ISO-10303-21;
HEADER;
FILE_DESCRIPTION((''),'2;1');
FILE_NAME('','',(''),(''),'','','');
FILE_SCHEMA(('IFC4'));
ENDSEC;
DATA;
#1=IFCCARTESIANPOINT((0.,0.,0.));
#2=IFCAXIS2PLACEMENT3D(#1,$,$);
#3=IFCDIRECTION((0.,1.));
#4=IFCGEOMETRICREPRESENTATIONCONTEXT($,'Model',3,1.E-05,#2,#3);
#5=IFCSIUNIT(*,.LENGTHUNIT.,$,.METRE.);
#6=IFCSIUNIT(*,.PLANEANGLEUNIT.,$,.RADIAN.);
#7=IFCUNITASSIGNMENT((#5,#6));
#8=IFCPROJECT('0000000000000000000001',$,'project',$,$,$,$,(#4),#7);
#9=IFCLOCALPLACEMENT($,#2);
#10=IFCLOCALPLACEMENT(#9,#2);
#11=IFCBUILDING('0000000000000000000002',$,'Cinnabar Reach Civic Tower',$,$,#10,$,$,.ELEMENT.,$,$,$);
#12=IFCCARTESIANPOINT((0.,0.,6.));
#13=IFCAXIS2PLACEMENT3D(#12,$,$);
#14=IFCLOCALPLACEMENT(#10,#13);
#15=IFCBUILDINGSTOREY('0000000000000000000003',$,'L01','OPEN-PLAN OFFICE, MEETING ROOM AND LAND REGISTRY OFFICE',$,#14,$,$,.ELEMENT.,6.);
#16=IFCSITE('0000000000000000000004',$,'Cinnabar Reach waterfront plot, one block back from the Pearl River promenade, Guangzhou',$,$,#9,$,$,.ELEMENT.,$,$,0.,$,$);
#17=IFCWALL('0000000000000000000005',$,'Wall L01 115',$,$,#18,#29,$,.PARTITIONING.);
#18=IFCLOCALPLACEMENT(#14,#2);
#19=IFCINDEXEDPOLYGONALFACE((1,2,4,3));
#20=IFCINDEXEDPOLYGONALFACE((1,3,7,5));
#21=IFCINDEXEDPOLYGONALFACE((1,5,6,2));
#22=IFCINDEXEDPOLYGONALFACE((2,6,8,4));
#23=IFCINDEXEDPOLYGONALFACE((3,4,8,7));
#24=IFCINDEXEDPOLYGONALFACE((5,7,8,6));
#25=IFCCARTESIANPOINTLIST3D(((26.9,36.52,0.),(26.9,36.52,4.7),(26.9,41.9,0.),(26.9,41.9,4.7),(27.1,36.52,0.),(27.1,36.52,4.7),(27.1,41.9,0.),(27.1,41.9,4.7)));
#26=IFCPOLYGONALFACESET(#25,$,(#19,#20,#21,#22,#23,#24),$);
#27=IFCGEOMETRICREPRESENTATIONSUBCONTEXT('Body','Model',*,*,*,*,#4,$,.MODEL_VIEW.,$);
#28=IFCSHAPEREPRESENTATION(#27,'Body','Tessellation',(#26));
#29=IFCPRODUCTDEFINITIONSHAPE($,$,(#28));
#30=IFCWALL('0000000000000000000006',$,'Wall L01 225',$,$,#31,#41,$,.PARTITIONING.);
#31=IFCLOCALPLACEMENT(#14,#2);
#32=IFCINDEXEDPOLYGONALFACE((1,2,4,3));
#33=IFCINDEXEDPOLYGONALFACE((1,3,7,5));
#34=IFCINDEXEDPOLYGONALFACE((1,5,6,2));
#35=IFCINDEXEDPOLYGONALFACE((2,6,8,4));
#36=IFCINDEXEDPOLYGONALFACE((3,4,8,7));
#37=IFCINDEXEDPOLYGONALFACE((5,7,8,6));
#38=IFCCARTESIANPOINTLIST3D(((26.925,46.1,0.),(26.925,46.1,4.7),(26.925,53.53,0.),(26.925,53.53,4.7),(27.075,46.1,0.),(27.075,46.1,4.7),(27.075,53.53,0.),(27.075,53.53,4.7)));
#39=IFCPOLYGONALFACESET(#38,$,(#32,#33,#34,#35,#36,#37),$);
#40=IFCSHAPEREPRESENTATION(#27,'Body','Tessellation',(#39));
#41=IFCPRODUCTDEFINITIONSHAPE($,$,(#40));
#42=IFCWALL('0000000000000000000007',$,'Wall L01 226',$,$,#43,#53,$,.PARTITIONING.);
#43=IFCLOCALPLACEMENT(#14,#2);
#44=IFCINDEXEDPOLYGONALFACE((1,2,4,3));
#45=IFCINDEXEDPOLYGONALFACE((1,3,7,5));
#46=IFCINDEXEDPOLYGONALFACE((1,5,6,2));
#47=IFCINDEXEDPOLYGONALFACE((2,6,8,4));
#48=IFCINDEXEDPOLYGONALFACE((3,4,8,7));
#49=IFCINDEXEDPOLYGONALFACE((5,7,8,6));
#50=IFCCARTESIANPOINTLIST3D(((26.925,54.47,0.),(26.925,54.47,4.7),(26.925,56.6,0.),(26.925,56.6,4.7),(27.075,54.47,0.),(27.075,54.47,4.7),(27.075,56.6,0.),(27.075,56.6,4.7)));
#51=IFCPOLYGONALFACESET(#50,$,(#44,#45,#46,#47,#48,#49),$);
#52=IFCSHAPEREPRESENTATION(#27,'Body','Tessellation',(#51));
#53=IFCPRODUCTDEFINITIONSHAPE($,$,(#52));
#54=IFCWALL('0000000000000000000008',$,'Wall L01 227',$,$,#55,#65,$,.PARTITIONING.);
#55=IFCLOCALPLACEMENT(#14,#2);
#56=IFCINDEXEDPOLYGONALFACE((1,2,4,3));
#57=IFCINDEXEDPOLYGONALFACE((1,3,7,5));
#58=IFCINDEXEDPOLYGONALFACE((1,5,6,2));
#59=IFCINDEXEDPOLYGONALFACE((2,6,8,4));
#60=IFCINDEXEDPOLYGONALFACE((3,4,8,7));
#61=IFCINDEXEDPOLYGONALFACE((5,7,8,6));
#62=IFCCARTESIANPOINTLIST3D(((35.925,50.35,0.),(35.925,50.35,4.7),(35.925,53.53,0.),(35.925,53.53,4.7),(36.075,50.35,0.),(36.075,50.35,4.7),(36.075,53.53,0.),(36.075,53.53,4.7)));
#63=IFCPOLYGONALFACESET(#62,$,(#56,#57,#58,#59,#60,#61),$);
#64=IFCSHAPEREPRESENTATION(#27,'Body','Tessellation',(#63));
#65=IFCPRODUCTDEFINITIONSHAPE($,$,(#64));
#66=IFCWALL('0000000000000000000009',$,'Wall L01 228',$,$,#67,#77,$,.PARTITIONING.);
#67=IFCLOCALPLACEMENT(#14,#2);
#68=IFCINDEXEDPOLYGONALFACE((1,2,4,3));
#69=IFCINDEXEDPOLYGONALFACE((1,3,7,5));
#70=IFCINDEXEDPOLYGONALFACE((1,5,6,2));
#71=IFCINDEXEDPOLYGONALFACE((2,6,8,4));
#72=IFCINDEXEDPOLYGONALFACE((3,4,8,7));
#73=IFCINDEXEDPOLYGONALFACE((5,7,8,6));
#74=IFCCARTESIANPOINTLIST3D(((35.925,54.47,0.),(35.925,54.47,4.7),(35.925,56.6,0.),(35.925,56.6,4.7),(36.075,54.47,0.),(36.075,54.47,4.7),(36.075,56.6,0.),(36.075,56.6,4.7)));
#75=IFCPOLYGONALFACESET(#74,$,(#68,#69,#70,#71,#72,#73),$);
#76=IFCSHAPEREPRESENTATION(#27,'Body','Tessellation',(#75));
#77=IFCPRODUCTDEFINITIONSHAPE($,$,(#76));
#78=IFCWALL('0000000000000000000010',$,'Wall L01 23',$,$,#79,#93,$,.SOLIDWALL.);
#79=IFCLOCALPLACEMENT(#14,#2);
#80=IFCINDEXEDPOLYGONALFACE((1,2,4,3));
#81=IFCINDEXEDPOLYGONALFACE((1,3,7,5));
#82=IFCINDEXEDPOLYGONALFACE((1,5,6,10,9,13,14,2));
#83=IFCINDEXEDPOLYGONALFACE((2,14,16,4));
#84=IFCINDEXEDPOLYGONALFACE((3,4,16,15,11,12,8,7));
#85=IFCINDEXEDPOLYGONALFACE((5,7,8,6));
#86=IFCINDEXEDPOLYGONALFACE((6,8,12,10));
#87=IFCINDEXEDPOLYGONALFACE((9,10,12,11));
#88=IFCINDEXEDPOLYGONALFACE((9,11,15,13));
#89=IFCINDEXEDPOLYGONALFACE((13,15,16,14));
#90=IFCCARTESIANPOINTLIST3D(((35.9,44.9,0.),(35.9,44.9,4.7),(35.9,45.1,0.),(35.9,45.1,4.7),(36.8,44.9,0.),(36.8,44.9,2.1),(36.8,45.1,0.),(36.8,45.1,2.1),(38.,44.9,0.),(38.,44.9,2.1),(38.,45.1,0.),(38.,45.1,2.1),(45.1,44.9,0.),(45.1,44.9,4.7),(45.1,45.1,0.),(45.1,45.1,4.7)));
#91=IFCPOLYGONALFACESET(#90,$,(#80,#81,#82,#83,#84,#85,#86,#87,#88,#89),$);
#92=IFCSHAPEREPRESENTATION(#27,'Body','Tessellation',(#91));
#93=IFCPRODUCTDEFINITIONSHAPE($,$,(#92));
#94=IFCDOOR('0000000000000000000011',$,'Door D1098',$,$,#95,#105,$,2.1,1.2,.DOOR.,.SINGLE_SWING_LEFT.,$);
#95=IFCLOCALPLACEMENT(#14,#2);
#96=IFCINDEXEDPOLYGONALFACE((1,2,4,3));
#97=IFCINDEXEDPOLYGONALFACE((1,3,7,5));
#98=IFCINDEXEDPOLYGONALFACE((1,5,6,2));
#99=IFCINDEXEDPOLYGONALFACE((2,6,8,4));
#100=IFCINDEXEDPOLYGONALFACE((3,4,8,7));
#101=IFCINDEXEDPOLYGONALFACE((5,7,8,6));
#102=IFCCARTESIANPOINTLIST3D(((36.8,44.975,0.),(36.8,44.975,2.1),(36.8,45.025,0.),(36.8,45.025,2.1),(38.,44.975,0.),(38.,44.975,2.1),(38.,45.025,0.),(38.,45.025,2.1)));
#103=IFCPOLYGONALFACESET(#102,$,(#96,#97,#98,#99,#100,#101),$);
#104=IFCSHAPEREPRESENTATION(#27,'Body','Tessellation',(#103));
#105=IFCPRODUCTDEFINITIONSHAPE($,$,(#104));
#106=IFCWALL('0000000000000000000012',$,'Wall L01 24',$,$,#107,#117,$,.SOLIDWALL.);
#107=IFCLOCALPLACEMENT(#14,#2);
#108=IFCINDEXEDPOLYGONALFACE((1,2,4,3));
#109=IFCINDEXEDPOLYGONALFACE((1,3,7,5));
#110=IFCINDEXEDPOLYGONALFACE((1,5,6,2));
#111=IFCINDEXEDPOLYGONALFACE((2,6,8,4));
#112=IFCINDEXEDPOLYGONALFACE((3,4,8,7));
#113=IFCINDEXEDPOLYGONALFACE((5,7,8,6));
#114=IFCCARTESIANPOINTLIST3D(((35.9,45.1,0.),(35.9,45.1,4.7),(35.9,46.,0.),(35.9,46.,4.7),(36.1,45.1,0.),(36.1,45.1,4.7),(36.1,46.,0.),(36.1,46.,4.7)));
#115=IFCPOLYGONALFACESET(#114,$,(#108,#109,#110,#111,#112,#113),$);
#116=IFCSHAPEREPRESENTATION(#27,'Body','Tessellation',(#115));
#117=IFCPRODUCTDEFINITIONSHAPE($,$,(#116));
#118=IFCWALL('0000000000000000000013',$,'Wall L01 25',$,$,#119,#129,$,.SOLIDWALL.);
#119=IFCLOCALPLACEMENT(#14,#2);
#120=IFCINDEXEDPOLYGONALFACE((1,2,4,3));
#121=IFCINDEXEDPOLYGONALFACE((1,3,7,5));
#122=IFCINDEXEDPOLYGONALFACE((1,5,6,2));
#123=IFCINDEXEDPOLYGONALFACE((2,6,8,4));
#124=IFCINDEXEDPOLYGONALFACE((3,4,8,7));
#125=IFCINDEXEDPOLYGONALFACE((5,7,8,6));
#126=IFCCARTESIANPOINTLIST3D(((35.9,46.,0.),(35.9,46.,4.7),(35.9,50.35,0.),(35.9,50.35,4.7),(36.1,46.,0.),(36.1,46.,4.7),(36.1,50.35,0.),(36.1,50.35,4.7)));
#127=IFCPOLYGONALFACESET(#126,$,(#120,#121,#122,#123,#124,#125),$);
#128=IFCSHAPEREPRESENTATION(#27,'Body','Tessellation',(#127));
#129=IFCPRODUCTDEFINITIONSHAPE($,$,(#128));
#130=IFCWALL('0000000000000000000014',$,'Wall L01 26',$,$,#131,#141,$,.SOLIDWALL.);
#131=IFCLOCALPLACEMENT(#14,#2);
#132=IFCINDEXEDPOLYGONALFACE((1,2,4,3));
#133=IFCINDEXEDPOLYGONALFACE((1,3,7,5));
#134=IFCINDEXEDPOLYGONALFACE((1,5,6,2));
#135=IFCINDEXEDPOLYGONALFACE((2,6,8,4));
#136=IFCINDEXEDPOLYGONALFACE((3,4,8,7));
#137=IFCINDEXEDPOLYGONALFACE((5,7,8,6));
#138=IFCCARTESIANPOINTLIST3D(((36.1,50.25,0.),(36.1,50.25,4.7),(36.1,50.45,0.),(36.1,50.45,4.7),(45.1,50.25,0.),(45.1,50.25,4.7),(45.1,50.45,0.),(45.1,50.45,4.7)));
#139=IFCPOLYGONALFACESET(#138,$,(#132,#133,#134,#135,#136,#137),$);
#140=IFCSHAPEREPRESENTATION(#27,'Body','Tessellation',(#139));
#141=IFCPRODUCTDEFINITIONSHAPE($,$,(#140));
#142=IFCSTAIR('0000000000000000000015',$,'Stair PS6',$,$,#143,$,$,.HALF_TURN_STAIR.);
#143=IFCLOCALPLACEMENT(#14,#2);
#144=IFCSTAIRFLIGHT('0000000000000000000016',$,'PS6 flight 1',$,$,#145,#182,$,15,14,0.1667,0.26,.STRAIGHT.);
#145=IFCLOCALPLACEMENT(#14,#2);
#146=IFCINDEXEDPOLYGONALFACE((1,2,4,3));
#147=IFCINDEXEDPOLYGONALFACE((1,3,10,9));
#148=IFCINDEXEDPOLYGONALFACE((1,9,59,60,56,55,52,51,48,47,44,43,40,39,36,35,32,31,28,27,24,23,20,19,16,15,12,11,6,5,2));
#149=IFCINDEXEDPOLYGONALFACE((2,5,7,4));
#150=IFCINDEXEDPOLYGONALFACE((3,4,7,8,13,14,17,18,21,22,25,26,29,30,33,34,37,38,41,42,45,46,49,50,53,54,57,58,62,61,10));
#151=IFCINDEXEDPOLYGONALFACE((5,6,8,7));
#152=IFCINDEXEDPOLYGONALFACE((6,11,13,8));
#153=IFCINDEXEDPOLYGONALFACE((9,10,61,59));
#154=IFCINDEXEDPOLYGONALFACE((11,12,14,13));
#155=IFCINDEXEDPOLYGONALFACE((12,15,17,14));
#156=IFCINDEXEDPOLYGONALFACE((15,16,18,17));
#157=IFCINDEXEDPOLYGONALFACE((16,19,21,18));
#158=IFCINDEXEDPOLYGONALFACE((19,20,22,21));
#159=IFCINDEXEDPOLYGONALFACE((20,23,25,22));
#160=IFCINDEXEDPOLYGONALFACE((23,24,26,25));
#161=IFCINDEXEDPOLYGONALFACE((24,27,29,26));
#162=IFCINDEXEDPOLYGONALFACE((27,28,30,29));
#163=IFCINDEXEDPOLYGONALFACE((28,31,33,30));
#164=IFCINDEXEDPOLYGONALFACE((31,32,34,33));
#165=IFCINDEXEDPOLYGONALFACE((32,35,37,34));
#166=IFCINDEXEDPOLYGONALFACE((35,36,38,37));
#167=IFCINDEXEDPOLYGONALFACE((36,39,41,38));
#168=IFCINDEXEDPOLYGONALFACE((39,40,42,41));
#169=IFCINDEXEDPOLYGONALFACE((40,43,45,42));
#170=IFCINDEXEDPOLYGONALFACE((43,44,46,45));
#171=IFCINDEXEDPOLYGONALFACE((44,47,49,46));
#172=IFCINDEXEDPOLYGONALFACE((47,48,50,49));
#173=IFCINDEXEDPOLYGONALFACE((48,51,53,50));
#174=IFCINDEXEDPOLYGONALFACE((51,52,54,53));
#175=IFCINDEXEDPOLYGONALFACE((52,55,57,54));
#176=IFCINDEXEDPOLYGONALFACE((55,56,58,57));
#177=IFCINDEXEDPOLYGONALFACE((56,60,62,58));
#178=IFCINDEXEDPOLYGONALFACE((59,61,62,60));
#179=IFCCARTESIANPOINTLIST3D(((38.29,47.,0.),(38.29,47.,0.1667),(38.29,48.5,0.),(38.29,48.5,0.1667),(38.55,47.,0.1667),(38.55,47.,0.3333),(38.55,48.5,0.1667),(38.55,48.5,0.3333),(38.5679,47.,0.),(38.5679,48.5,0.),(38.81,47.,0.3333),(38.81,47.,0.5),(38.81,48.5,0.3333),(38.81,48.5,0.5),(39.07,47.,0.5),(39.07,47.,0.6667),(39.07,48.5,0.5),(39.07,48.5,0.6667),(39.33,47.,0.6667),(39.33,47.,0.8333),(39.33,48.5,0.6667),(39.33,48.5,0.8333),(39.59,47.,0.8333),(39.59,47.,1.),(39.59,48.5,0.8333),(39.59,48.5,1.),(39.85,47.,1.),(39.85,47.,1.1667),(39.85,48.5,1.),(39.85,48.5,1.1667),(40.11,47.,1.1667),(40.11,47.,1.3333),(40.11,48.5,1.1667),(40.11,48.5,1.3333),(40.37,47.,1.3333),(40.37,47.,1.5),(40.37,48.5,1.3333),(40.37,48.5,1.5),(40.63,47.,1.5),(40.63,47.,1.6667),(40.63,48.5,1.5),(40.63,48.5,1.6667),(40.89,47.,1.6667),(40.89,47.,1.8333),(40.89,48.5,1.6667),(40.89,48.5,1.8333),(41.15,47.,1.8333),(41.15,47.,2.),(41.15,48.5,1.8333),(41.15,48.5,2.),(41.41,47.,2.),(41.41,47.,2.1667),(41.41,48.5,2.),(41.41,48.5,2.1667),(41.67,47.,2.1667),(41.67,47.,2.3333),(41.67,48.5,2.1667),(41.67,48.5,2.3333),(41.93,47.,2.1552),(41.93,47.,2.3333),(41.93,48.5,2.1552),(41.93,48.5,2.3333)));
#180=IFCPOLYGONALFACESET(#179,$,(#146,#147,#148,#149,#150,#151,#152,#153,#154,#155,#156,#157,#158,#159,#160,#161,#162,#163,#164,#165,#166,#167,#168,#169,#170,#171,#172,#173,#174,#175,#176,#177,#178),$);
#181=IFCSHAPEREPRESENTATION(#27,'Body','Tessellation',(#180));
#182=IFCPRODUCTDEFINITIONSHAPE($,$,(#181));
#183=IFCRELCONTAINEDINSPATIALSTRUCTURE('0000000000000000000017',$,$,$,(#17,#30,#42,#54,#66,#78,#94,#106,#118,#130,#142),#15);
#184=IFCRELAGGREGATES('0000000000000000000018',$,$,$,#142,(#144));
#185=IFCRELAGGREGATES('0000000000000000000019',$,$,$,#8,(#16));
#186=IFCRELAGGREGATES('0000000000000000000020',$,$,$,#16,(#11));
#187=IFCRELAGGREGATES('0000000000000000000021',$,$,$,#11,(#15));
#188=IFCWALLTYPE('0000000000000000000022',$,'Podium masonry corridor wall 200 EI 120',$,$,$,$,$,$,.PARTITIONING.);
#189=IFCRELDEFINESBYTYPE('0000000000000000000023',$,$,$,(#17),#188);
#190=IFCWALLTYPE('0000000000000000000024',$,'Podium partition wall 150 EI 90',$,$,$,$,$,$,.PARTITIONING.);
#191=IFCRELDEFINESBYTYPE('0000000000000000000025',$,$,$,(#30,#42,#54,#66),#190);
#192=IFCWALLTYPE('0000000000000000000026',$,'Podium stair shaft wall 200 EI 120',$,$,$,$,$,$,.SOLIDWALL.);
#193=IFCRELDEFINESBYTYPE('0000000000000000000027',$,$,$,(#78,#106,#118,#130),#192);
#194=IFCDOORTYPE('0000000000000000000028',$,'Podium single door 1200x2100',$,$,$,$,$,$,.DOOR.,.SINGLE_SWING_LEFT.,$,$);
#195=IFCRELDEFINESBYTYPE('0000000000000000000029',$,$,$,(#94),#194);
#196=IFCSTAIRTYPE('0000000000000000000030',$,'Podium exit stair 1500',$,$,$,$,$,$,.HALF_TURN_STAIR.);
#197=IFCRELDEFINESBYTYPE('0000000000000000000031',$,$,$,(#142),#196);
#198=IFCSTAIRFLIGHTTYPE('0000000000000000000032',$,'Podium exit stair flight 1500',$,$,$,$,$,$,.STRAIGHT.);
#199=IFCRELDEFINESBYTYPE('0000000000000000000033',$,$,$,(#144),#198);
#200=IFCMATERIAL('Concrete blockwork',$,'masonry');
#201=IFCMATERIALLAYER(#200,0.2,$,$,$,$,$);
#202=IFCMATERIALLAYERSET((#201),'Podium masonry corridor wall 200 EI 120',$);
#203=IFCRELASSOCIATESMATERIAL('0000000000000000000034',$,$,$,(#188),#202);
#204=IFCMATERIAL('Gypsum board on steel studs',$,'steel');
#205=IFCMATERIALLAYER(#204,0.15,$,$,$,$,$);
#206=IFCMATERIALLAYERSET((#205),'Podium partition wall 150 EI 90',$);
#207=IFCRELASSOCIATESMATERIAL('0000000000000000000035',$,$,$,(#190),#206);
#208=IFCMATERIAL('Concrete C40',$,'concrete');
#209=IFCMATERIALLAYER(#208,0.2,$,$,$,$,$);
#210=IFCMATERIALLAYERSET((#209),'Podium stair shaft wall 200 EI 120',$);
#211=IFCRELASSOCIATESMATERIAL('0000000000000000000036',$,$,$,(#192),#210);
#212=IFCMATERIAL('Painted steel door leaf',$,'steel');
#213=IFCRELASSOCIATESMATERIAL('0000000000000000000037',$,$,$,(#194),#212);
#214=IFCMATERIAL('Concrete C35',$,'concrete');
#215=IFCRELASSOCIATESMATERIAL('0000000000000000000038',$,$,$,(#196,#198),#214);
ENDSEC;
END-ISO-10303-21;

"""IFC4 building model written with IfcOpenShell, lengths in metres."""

from ifc_helpers import new_model, si_unit, direction, frame, frame_2d, origin, place, context, subcontext, project, spatial, polyline, rectangle, outline, extrude, material, layer, layer_set, type_object, element, fill, aggregate, save


model = new_model("IFC4")

# Units and contexts
model_context = context("Model", 3, precision=1e-05, world=origin(), true_north=direction((0.0, 1.0)))
body_context = subcontext(model_context, "Body", "Model", "MODEL_VIEW")
ifc_project = project(units=[si_unit("LENGTHUNIT", "METRE"), si_unit("PLANEANGLEUNIT", "RADIAN")], contexts=[model_context])

# Site, building, storey
site_placement = place(None, origin())
site = spatial("IfcSite", under=ifc_project, at=site_placement, Name="Cinnabar Reach waterfront plot, one block back from the Pearl River promenade, Guangzhou", CompositionType="ELEMENT", RefElevation=0.0)
building_placement = place(site_placement, origin())
building = spatial("IfcBuilding", under=site, at=building_placement, Name="Cinnabar Reach Civic Tower", CompositionType="ELEMENT")
storey_placement = place(building_placement, frame((0.0, 0.0, 6.0)))
storey = spatial("IfcBuildingStorey", under=building, at=storey_placement, Name="L01", Description="OPEN-PLAN OFFICE, MEETING ROOM AND LAND REGISTRY OFFICE", CompositionType="ELEMENT", Elevation=6.0)

# Shared definitions
ifc_material_1 = material(Name="Concrete blockwork", Category="masonry")
ifc_layer_1 = layer(ifc_material_1, 0.2)
ifc_layer_set_1 = layer_set([ifc_layer_1], Name="Podium masonry corridor wall 200 EI 120")
wall_type_1 = type_object("IfcWallType", Name="Podium masonry corridor wall 200 EI 120", PredefinedType="PARTITIONING", material=ifc_layer_set_1)

# Shared definitions
ifc_material_2 = material(Name="Painted steel door leaf", Category="steel")

# Walls
wall_1_placement = place(storey_placement, frame((27.0, 36.52, 0.0), z_axis=(0.0, 0.0, 1.0), x_axis=(0.0, 1.0, 0.0)))
element("IfcWall", 1, at=wall_1_placement, inside=storey, type_object=wall_type_1, Name="Wall L01 115", PredefinedType="PARTITIONING", context=body_context, shape_type="SweptSolid", body=[
    extrude(rectangle(XDim=5.38, YDim=0.2, at=frame_2d((2.69, 0.0))), origin(), (0.0, 0.0, 1.0), 4.7),
])
ifc_material_3 = material(Name="Gypsum board on steel studs", Category="steel")
ifc_layer_2 = layer(ifc_material_3, 0.15)
ifc_layer_set_2 = layer_set([ifc_layer_2], Name="Podium partition wall 150 EI 90")
wall_type_2 = type_object("IfcWallType", Name="Podium partition wall 150 EI 90", PredefinedType="PARTITIONING", material=ifc_layer_set_2)
wall_2_placement = place(storey_placement, frame((27.0, 46.1, 0.0), z_axis=(0.0, 0.0, 1.0), x_axis=(0.0, 1.0, 0.0)))
element("IfcWall", 2, at=wall_2_placement, inside=storey, type_object=wall_type_2, Name="Wall L01 225", PredefinedType="PARTITIONING", context=body_context, shape_type="SweptSolid", body=[
    extrude(rectangle(XDim=7.43, YDim=0.15, at=frame_2d((3.715, 0.0))), origin(), (0.0, 0.0, 1.0), 4.7),
])
wall_3_placement = place(storey_placement, frame((27.0, 54.47, 0.0), z_axis=(0.0, 0.0, 1.0), x_axis=(0.0, 1.0, 0.0)))
element("IfcWall", 3, at=wall_3_placement, inside=storey, type_object=wall_type_2, Name="Wall L01 226", PredefinedType="PARTITIONING", context=body_context, shape_type="SweptSolid", body=[
    extrude(rectangle(XDim=2.13, YDim=0.15, at=frame_2d((1.065, 0.0))), origin(), (0.0, 0.0, 1.0), 4.7),
])
wall_4_placement = place(storey_placement, frame((36.0, 50.35, 0.0), z_axis=(0.0, 0.0, 1.0), x_axis=(0.0, 1.0, 0.0)))
element("IfcWall", 4, at=wall_4_placement, inside=storey, type_object=wall_type_2, Name="Wall L01 227", PredefinedType="PARTITIONING", context=body_context, shape_type="SweptSolid", body=[
    extrude(rectangle(XDim=3.18, YDim=0.15, at=frame_2d((1.59, 0.0))), origin(), (0.0, 0.0, 1.0), 4.7),
])
wall_5_placement = place(storey_placement, frame((36.0, 54.47, 0.0), z_axis=(0.0, 0.0, 1.0), x_axis=(0.0, 1.0, 0.0)))
element("IfcWall", 5, at=wall_5_placement, inside=storey, type_object=wall_type_2, Name="Wall L01 228", PredefinedType="PARTITIONING", context=body_context, shape_type="SweptSolid", body=[
    extrude(rectangle(XDim=2.13, YDim=0.15, at=frame_2d((1.065, 0.0))), origin(), (0.0, 0.0, 1.0), 4.7),
])

# Wall, opening, door
ifc_material_4 = material(Name="Concrete C40", Category="concrete")
ifc_layer_3 = layer(ifc_material_4, 0.2)
ifc_layer_set_3 = layer_set([ifc_layer_3], Name="Podium stair shaft wall 200 EI 120")
wall_type_3 = type_object("IfcWallType", Name="Podium stair shaft wall 200 EI 120", PredefinedType="SOLIDWALL", material=ifc_layer_set_3)
wall_6_placement = place(storey_placement, frame((35.9, 45.0, 0.0), z_axis=(0.0, 0.0, 1.0), x_axis=(1.0, 0.0, 0.0)))
wall_6 = element("IfcWall", 6, at=wall_6_placement, inside=storey, type_object=wall_type_3, Name="Wall L01 23", PredefinedType="SOLIDWALL", context=body_context, shape_type="SweptSolid", body=[
    extrude(rectangle(XDim=9.2, YDim=0.2, at=frame_2d((4.6, 0.0))), origin(), (0.0, 0.0, 1.0), 4.7),
])
opening_1_placement = place(wall_6_placement, frame((0.9, 0.0, 0.0)))
opening_1 = element("IfcOpeningElement", 7, at=opening_1_placement, cuts=wall_6, PredefinedType="OPENING", context=body_context, shape_type="SweptSolid", body=[
    extrude(rectangle(XDim=1.2, YDim=2.1, at=frame_2d((0.6, 1.05))), frame((0.0, 0.11, 0.0), z_axis=(0.0, -1.0, 0.0), x_axis=(1.0, 0.0, 0.0)), (0.0, 0.0, 1.0), 0.22),
])
door_type_1 = type_object("IfcDoorType", Name="Podium single door 1200x2100", OperationType="SINGLE_SWING_LEFT", PredefinedType="DOOR", material=ifc_material_2)
door_1_placement = place(opening_1_placement, origin())
door_1 = element("IfcDoor", 8, at=door_1_placement, inside=storey, type_object=door_type_1, Name="Door D1098", OperationType="SINGLE_SWING_LEFT", OverallHeight=2.1, OverallWidth=1.2, PredefinedType="DOOR", context=body_context, shape_type="SweptSolid", body=[
    extrude(rectangle(XDim=1.2, YDim=2.1, at=frame_2d((0.6, 1.05))), frame((0.0, 0.025, 0.0), z_axis=(0.0, -1.0, 0.0), x_axis=(1.0, 0.0, 0.0)), (0.0, 0.0, 1.0), 0.05),
])
fill(opening_1, door_1)

# Walls
wall_7_placement = place(storey_placement, frame((36.0, 45.1, 0.0), z_axis=(0.0, 0.0, 1.0), x_axis=(0.0, 1.0, 0.0)))
element("IfcWall", 9, at=wall_7_placement, inside=storey, type_object=wall_type_3, Name="Wall L01 24", PredefinedType="SOLIDWALL", context=body_context, shape_type="SweptSolid", body=[
    extrude(rectangle(XDim=0.9, YDim=0.2, at=frame_2d((0.45, 0.0))), origin(), (0.0, 0.0, 1.0), 4.7),
])
wall_8_placement = place(storey_placement, frame((36.0, 46.0, 0.0), z_axis=(0.0, 0.0, 1.0), x_axis=(0.0, 1.0, 0.0)))
element("IfcWall", 10, at=wall_8_placement, inside=storey, type_object=wall_type_3, Name="Wall L01 25", PredefinedType="SOLIDWALL", context=body_context, shape_type="SweptSolid", body=[
    extrude(rectangle(XDim=4.35, YDim=0.2, at=frame_2d((2.175, 0.0))), origin(), (0.0, 0.0, 1.0), 4.7),
])
wall_9_placement = place(storey_placement, frame((36.1, 50.35, 0.0), z_axis=(0.0, 0.0, 1.0), x_axis=(1.0, 0.0, 0.0)))
element("IfcWall", 11, at=wall_9_placement, inside=storey, type_object=wall_type_3, Name="Wall L01 26", PredefinedType="SOLIDWALL", context=body_context, shape_type="SweptSolid", body=[
    extrude(rectangle(XDim=9.0, YDim=0.2, at=frame_2d((4.5, 0.0))), origin(), (0.0, 0.0, 1.0), 4.7),
])

# Stair, stair flight
ifc_material_5 = material(Name="Concrete C35", Category="concrete")
stair_type = type_object("IfcStairType", Name="Podium exit stair 1500", PredefinedType="HALF_TURN_STAIR", material=ifc_material_5)
stair_placement = place(storey_placement, origin())
stair = element("IfcStair", 12, at=stair_placement, inside=storey, type_object=stair_type, Name="Stair PS6", PredefinedType="HALF_TURN_STAIR")
stair_flight_type = type_object("IfcStairFlightType", Name="Podium exit stair flight 1500", PredefinedType="STRAIGHT", material=ifc_material_5)
stair_flight_placement = place(storey_placement, frame((38.29, 47.75, 0.0), z_axis=(0.0, 0.0, 1.0), x_axis=(1.0, 0.0, 0.0)))
stair_flight = element("IfcStairFlight", 13, at=stair_flight_placement, type_object=stair_flight_type, Name="PS6 flight 1", NumberOfRisers=15, NumberOfTreads=14, PredefinedType="STRAIGHT", RiserHeight=0.1667, TreadLength=0.26, context=body_context, shape_type="SweptSolid", body=[
    extrude(outline(polyline([(0.0, 0.0), (0.0, 0.1667), (0.26, 0.1667), (0.26, 0.3333), (0.52, 0.3333), (0.52, 0.5), (0.78, 0.5), (0.78, 0.6667), (1.04, 0.6667), (1.04, 0.8333), (1.3, 0.8333), (1.3, 1.0), (1.56, 1.0), (1.56, 1.1667), (1.82, 1.1667), (1.82, 1.3333), (2.08, 1.3333), (2.08, 1.5), (2.34, 1.5), (2.34, 1.6667), (2.6, 1.6667), (2.6, 1.8333), (2.86, 1.8333), (2.86, 2.0), (3.12, 2.0), (3.12, 2.1667), (3.38, 2.1667), (3.38, 2.3333), (3.64, 2.3333), (3.64, 2.5), (3.64, 2.1552), (0.2779, 0.0), (0.0, 0.0)])), frame((0.0, 0.75, 0.0), z_axis=(0.0, -1.0, 0.0), x_axis=(1.0, 0.0, 0.0)), (0.0, 0.0, 1.0), 1.5),
])
aggregate(stair, [stair_flight])

save(model, "model.ifc")
